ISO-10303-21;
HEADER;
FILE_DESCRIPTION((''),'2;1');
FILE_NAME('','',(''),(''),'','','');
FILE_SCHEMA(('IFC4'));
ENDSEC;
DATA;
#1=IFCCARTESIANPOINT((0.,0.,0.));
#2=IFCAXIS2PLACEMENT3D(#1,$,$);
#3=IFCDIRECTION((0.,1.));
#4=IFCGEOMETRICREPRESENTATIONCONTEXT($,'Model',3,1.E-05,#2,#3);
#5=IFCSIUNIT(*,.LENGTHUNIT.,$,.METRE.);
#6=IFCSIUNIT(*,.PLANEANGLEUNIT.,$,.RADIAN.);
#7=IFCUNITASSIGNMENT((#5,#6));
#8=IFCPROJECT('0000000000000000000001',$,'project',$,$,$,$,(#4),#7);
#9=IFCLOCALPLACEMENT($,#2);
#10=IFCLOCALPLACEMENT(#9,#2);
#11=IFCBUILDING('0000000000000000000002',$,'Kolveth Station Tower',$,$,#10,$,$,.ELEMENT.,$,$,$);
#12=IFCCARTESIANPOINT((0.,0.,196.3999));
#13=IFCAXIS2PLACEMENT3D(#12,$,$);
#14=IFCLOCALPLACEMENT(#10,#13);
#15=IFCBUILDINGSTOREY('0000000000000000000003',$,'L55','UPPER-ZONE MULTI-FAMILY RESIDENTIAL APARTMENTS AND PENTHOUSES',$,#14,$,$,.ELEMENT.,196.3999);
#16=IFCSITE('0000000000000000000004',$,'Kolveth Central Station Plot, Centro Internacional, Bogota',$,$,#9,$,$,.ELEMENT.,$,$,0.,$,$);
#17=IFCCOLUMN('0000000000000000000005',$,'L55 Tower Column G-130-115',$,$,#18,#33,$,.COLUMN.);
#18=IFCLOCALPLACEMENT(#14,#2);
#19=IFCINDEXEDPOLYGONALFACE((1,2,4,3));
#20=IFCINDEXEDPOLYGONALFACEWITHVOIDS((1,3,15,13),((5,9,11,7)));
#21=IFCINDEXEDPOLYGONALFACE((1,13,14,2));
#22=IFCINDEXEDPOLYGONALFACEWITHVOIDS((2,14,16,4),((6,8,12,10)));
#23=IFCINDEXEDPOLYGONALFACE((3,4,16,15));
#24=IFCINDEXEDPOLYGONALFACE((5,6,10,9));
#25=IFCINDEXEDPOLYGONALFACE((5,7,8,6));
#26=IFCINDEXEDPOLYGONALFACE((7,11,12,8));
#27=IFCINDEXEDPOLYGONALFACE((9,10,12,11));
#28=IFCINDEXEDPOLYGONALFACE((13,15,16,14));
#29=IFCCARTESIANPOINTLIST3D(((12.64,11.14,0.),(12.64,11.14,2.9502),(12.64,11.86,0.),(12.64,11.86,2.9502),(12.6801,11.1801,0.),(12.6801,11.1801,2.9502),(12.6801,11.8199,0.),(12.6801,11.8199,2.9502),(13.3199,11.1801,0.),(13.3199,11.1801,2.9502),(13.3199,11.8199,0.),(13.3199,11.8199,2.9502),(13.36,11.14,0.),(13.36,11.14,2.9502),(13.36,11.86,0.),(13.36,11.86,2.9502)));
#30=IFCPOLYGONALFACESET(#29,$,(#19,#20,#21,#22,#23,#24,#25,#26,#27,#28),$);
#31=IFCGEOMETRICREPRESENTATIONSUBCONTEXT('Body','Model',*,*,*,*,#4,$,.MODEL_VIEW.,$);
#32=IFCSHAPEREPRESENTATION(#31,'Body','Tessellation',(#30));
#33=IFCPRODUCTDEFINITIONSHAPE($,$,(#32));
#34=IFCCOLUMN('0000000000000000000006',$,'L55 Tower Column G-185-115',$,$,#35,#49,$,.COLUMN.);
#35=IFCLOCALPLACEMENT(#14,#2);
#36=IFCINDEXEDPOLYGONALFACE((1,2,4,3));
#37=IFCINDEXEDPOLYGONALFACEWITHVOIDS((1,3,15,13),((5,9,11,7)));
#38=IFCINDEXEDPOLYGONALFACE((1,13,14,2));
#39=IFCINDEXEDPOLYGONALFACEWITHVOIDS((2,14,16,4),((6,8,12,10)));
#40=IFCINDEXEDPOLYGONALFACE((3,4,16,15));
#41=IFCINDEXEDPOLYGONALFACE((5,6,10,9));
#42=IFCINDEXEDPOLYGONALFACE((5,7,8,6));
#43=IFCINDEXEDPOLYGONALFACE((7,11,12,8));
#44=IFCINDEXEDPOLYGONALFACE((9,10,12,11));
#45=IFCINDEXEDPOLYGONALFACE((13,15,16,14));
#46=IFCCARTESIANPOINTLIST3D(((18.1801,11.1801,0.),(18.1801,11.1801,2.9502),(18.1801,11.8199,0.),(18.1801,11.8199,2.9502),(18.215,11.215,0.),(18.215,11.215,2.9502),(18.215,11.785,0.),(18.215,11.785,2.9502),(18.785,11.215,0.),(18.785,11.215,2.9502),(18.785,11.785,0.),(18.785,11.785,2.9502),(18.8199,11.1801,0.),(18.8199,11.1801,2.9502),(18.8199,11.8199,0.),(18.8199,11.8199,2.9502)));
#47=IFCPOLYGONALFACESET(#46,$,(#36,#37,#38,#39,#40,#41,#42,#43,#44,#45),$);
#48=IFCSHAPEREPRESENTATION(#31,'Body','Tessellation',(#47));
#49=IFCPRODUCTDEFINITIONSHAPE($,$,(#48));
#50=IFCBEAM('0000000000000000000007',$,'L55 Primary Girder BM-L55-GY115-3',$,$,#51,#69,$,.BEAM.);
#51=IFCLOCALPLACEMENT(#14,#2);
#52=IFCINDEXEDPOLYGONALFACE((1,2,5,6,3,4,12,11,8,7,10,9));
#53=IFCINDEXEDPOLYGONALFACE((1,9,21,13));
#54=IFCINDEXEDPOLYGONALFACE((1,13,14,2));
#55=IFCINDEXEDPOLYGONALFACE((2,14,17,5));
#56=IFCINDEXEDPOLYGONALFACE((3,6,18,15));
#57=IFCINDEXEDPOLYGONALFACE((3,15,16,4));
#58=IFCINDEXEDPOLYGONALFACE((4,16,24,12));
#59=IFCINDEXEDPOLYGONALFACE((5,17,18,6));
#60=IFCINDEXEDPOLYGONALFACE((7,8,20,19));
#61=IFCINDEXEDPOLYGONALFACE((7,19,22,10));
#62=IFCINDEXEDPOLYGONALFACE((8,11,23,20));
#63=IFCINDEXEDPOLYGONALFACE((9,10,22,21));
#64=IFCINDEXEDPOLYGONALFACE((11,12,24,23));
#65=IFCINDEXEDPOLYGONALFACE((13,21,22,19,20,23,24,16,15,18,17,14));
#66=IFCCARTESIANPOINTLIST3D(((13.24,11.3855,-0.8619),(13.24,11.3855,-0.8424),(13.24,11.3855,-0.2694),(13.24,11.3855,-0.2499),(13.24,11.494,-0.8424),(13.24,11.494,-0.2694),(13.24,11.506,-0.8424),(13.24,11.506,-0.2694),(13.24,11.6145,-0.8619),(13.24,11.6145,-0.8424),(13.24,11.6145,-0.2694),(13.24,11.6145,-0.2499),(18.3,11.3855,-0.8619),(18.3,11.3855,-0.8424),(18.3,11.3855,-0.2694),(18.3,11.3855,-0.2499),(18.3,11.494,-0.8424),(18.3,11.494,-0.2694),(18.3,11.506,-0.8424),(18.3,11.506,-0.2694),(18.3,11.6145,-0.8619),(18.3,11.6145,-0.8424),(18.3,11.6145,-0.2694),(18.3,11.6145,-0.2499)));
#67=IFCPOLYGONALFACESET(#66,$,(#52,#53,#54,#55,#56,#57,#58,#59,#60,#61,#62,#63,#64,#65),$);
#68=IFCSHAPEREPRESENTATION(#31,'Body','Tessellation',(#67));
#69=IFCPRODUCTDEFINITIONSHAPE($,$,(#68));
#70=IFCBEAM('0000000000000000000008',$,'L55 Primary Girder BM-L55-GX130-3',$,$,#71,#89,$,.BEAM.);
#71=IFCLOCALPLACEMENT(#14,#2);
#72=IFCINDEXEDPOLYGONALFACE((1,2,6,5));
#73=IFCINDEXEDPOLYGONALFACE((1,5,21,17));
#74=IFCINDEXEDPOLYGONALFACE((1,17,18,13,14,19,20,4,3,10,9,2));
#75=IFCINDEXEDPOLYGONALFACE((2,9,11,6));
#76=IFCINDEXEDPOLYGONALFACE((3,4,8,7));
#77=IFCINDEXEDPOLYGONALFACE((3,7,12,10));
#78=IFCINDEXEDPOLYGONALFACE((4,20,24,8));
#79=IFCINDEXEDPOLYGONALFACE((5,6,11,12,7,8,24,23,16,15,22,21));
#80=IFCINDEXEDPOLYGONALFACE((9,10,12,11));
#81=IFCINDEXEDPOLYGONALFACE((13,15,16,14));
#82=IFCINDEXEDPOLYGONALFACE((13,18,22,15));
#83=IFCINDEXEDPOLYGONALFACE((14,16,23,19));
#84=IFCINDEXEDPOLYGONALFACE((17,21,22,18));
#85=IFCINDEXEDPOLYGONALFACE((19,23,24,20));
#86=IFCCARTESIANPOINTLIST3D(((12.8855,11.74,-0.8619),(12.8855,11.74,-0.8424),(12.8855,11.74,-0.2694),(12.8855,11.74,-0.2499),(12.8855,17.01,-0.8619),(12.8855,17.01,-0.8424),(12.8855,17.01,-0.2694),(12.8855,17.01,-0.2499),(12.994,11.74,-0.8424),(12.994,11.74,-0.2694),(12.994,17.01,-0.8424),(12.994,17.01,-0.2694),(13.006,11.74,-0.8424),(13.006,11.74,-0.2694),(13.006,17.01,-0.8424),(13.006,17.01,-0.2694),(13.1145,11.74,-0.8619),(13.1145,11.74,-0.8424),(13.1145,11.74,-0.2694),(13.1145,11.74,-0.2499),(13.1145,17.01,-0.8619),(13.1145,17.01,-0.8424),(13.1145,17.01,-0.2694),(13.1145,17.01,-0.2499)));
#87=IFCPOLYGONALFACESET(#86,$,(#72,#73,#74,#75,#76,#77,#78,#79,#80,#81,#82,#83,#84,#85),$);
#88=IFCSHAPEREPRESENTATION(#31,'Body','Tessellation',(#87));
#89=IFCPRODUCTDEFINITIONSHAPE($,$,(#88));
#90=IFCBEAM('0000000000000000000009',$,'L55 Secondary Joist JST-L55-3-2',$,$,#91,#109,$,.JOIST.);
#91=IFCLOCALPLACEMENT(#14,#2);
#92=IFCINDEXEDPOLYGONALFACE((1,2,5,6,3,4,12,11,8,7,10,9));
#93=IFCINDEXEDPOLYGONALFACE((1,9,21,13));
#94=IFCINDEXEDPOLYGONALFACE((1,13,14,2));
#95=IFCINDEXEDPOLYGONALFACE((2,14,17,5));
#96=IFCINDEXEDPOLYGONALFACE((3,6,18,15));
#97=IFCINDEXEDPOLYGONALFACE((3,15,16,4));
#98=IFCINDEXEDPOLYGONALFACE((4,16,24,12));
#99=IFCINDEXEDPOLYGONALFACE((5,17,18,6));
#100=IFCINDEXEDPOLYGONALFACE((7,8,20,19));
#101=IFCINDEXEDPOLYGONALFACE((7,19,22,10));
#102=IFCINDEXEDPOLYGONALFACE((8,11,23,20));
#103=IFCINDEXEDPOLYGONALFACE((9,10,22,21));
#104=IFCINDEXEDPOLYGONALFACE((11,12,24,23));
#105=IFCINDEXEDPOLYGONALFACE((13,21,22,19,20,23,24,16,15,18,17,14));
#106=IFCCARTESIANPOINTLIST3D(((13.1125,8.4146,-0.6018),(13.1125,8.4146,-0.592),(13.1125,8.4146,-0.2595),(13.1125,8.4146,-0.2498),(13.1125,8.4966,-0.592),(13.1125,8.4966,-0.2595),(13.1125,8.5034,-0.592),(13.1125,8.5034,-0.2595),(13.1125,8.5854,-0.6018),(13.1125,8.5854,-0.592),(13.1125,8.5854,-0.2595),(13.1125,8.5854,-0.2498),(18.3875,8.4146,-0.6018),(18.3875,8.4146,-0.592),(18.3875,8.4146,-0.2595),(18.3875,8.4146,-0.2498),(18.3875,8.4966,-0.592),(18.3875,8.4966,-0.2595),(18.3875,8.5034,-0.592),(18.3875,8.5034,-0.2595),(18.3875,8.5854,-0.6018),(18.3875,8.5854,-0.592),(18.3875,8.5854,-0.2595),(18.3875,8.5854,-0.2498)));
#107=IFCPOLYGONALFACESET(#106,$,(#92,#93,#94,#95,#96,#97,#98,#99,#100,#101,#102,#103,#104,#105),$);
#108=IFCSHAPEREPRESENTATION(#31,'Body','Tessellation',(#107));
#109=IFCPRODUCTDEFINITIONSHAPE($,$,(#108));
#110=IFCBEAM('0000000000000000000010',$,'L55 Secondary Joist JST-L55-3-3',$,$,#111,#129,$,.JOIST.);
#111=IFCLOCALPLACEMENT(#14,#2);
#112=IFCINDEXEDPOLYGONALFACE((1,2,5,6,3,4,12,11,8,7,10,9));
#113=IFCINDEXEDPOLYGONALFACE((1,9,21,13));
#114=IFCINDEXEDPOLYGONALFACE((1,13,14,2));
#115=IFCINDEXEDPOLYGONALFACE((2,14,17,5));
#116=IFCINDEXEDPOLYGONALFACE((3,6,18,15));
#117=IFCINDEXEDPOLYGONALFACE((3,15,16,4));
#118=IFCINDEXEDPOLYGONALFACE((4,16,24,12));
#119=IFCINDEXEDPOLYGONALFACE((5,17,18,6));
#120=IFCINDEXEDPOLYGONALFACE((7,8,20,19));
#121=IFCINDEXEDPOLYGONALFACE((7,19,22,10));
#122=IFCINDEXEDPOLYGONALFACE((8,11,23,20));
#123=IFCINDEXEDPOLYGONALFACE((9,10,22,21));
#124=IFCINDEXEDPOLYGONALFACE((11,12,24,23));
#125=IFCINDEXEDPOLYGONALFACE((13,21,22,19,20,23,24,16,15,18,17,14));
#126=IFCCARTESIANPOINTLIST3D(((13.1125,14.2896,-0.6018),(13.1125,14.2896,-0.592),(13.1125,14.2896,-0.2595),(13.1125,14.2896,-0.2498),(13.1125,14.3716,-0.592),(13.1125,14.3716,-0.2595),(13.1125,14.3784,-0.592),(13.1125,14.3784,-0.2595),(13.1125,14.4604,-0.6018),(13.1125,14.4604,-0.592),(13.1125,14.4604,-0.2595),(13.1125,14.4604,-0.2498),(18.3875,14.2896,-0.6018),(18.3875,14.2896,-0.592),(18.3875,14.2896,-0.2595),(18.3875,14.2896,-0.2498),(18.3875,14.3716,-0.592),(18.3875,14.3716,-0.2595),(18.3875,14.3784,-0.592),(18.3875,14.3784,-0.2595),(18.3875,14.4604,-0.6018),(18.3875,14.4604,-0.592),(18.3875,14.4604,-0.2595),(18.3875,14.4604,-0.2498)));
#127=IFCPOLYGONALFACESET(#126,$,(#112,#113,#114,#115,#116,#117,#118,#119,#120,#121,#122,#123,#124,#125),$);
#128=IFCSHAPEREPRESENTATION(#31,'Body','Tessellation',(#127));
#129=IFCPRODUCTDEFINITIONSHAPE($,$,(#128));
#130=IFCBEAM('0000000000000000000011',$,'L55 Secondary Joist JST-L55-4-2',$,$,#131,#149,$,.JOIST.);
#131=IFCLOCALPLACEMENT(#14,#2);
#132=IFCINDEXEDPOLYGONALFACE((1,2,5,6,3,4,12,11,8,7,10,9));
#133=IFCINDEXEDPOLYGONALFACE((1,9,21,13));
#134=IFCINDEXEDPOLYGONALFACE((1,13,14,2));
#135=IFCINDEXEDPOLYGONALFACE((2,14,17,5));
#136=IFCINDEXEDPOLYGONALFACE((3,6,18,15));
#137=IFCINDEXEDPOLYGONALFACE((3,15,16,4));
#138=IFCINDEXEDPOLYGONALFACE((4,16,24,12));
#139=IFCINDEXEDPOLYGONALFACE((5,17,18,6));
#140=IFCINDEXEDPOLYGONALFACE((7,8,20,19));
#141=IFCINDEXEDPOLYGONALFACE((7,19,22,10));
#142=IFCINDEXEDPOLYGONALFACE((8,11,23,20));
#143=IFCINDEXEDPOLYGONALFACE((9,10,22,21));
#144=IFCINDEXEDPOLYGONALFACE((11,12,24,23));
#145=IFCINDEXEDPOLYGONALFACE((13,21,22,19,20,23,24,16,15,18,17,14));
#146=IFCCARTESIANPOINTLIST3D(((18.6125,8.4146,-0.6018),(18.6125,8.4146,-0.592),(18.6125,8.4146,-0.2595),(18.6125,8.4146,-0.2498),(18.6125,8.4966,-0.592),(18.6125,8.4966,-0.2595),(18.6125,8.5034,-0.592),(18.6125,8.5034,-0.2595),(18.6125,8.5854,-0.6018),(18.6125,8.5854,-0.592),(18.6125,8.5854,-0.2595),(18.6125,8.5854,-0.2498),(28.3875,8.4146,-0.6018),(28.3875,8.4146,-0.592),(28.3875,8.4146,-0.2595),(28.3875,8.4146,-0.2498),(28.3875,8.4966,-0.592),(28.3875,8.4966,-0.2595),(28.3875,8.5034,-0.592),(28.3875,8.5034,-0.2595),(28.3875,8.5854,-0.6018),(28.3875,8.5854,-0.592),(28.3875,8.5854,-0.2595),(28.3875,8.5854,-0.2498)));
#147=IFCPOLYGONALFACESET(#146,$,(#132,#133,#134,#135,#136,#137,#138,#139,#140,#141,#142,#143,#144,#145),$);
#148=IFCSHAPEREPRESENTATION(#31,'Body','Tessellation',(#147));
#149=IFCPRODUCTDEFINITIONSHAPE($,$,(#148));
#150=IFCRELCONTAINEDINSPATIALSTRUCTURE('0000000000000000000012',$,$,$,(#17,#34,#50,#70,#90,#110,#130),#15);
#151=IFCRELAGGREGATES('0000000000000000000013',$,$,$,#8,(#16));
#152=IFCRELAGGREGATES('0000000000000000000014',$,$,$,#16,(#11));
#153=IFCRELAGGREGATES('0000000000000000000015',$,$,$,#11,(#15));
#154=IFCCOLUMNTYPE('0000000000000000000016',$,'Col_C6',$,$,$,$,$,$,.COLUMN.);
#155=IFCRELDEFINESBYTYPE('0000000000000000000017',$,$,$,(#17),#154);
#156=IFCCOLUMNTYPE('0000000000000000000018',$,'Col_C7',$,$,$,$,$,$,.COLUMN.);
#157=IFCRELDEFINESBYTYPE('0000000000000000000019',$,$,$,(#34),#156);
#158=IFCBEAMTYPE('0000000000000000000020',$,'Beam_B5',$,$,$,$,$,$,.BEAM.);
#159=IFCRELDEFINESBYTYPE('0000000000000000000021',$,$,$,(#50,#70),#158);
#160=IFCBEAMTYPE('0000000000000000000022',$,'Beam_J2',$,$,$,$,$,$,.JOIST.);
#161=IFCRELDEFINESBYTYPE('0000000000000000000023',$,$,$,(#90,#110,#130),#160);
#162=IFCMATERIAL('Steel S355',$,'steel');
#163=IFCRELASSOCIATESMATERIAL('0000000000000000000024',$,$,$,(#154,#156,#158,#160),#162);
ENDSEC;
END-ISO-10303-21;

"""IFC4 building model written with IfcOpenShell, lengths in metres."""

from ifc_helpers import new_model, si_unit, direction, frame, origin, origin_2d, place, context, subcontext, project, spatial, hollow_rectangle, i_section, extrude, source, transform, mapped, material, material_profile, profile_set, type_object, element, save


model = new_model("IFC4")

# Units and contexts
model_context = context("Model", 3, precision=1e-05, world=origin(), true_north=direction((0.0, 1.0)))
body_context = subcontext(model_context, "Body", "Model", "MODEL_VIEW")
ifc_project = project(units=[si_unit("LENGTHUNIT", "METRE"), si_unit("PLANEANGLEUNIT", "RADIAN")], contexts=[model_context])

# Site, building, storey
site_placement = place(None, origin())
site = spatial("IfcSite", under=ifc_project, at=site_placement, Name="Kolveth Central Station Plot, Centro Internacional, Bogota", CompositionType="ELEMENT", RefElevation=0.0)
building_placement = place(site_placement, origin())
building = spatial("IfcBuilding", under=site, at=building_placement, Name="Kolveth Station Tower", CompositionType="ELEMENT")
storey_placement = place(building_placement, frame((0.0, 0.0, 196.3999)))
storey = spatial("IfcBuildingStorey", under=building, at=storey_placement, Name="L55", Description="UPPER-ZONE MULTI-FAMILY RESIDENTIAL APARTMENTS AND PENTHOUSES", CompositionType="ELEMENT", Elevation=196.3999)

# Columns
ifc_material_1 = material(Name="Steel S355", Category="steel")
ifc_material_profile_1 = material_profile(ifc_material_1, hollow_rectangle(XDim=0.72, YDim=0.72, WallThickness=0.04, at=origin_2d()), Name="BOX720x720x40")
ifc_profile_set_1 = profile_set([ifc_material_profile_1], Name="Steel S355")
column_type_1 = type_object("IfcColumnType", Name="Col_C6", PredefinedType="COLUMN", material=ifc_profile_set_1)
shared_shape_1 = source(origin(), body_context, "Body", "SweptSolid", [
    extrude(hollow_rectangle(XDim=0.72, YDim=0.72, WallThickness=0.04, at=origin_2d()), origin(), (0.0, 0.0, 1.0), 2.9502),
])
column_1_placement = place(storey_placement, frame((13.0, 11.5, 0.0), z_axis=(0.0, 0.0, 1.0), x_axis=(1.0, 0.0, 0.0)))
element("IfcColumn", 1, at=column_1_placement, inside=storey, type_object=column_type_1, Name="L55 Tower Column G-130-115", PredefinedType="COLUMN", context=body_context, shape_type="MappedRepresentation", body=[
    mapped(shared_shape_1, transform((0.0, 0.0, 0.0), x_axis=(1.0, 0.0, 0.0), y_axis=(0.0, 1.0, 0.0), z_axis=(0.0, 0.0, 1.0), scale=1.0)),
])
ifc_material_profile_2 = material_profile(ifc_material_1, hollow_rectangle(XDim=0.6399, YDim=0.6399, WallThickness=0.0349, at=origin_2d()), Name="BOX640x640x35")
ifc_profile_set_2 = profile_set([ifc_material_profile_2], Name="Steel S355")
column_type_2 = type_object("IfcColumnType", Name="Col_C7", PredefinedType="COLUMN", material=ifc_profile_set_2)
shared_shape_2 = source(origin(), body_context, "Body", "SweptSolid", [
    extrude(hollow_rectangle(XDim=0.6399, YDim=0.6399, WallThickness=0.0349, at=origin_2d()), origin(), (0.0, 0.0, 1.0), 2.9502),
])
column_2_placement = place(storey_placement, frame((18.5, 11.5, 0.0), z_axis=(0.0, 0.0, 1.0), x_axis=(1.0, 0.0, 0.0)))
element("IfcColumn", 2, at=column_2_placement, inside=storey, type_object=column_type_2, Name="L55 Tower Column G-185-115", PredefinedType="COLUMN", context=body_context, shape_type="MappedRepresentation", body=[
    mapped(shared_shape_2, transform((0.0, 0.0, 0.0), x_axis=(1.0, 0.0, 0.0), y_axis=(0.0, 1.0, 0.0), z_axis=(0.0, 0.0, 1.0), scale=1.0)),
])

# Beams
ifc_material_profile_3 = material_profile(ifc_material_1, i_section(OverallWidth=0.229, OverallDepth=0.6121, WebThickness=0.012, FlangeThickness=0.0195, at=origin_2d()), Name="W610x125")
ifc_profile_set_3 = profile_set([ifc_material_profile_3], Name="Steel S355")
beam_type_1 = type_object("IfcBeamType", Name="Beam_B5", PredefinedType="BEAM", material=ifc_profile_set_3)
shared_shape_3 = source(origin(), body_context, "Body", "SweptSolid", [
    extrude(i_section(OverallWidth=0.229, OverallDepth=0.6121, WebThickness=0.012, FlangeThickness=0.0195, at=origin_2d()), origin(), (0.0, 0.0, 1.0), 5.0601),
])
beam_1_placement = place(storey_placement, frame((13.24, 11.5, -0.5559), z_axis=(1.0, 0.0, 0.0), x_axis=(0.0, 1.0, 0.0)))
element("IfcBeam", 3, at=beam_1_placement, inside=storey, type_object=beam_type_1, Name="L55 Primary Girder BM-L55-GY115-3", PredefinedType="BEAM", context=body_context, shape_type="MappedRepresentation", body=[
    mapped(shared_shape_3, transform((0.0, 0.0, 0.0), x_axis=(1.0, 0.0, 0.0), y_axis=(0.0, 1.0, 0.0), z_axis=(0.0, 0.0, 1.0), scale=1.0)),
])
shared_shape_4 = source(origin(), body_context, "Body", "SweptSolid", [
    extrude(i_section(OverallWidth=0.229, OverallDepth=0.6121, WebThickness=0.012, FlangeThickness=0.0195, at=origin_2d()), origin(), (0.0, 0.0, 1.0), 5.27),
])
beam_2_placement = place(storey_placement, frame((13.0, 11.74, -0.5559), z_axis=(0.0, 1.0, 0.0), x_axis=(-1.0, 0.0, 0.0)))
element("IfcBeam", 4, at=beam_2_placement, inside=storey, type_object=beam_type_1, Name="L55 Primary Girder BM-L55-GX130-3", PredefinedType="BEAM", context=body_context, shape_type="MappedRepresentation", body=[
    mapped(shared_shape_4, transform((0.0, 0.0, 0.0), x_axis=(1.0, 0.0, 0.0), y_axis=(0.0, 1.0, 0.0), z_axis=(0.0, 0.0, 1.0), scale=1.0)),
])
ifc_material_profile_4 = material_profile(ifc_material_1, i_section(OverallWidth=0.1709, OverallDepth=0.3521, WebThickness=0.0068, FlangeThickness=0.0098, at=origin_2d()), Name="W360x44")
ifc_profile_set_4 = profile_set([ifc_material_profile_4], Name="Steel S355")
beam_type_2 = type_object("IfcBeamType", Name="Beam_J2", PredefinedType="JOIST", material=ifc_profile_set_4)
shared_shape_5 = source(origin(), body_context, "Body", "SweptSolid", [
    extrude(i_section(OverallWidth=0.1709, OverallDepth=0.3521, WebThickness=0.0068, FlangeThickness=0.0098, at=origin_2d()), origin(), (0.0, 0.0, 1.0), 5.2749),
])
for number, where, z_axis, x_axis, name in (
    (5, (13.1125, 8.5, -0.4258), (1.0, 0.0, 0.0), (0.0, 1.0, 0.0), "L55 Secondary Joist JST-L55-3-2"),
    (6, (13.1125, 14.375, -0.4258), (1.0, 0.0, 0.0), (0.0, 1.0, 0.0), "L55 Secondary Joist JST-L55-3-3"),
):
    element("IfcBeam", number, at=place(storey_placement, frame(where, z_axis=z_axis, x_axis=x_axis)), inside=storey, type_object=beam_type_2, Name=name, PredefinedType="JOIST", context=body_context, shape_type="MappedRepresentation", body=[
        mapped(shared_shape_5, transform((0.0, 0.0, 0.0), x_axis=(1.0, 0.0, 0.0), y_axis=(0.0, 1.0, 0.0), z_axis=(0.0, 0.0, 1.0), scale=1.0)),
    ])
shared_shape_6 = source(origin(), body_context, "Body", "SweptSolid", [
    extrude(i_section(OverallWidth=0.1709, OverallDepth=0.3521, WebThickness=0.0068, FlangeThickness=0.0098, at=origin_2d()), origin(), (0.0, 0.0, 1.0), 9.7749),
])
beam_3_placement = place(storey_placement, frame((18.6125, 8.5, -0.4258), z_axis=(1.0, 0.0, 0.0), x_axis=(0.0, 1.0, 0.0)))
element("IfcBeam", 7, at=beam_3_placement, inside=storey, type_object=beam_type_2, Name="L55 Secondary Joist JST-L55-4-2", PredefinedType="JOIST", context=body_context, shape_type="MappedRepresentation", body=[
    mapped(shared_shape_6, transform((0.0, 0.0, 0.0), x_axis=(1.0, 0.0, 0.0), y_axis=(0.0, 1.0, 0.0), z_axis=(0.0, 0.0, 1.0), scale=1.0)),
])

save(model, "model.ifc")
